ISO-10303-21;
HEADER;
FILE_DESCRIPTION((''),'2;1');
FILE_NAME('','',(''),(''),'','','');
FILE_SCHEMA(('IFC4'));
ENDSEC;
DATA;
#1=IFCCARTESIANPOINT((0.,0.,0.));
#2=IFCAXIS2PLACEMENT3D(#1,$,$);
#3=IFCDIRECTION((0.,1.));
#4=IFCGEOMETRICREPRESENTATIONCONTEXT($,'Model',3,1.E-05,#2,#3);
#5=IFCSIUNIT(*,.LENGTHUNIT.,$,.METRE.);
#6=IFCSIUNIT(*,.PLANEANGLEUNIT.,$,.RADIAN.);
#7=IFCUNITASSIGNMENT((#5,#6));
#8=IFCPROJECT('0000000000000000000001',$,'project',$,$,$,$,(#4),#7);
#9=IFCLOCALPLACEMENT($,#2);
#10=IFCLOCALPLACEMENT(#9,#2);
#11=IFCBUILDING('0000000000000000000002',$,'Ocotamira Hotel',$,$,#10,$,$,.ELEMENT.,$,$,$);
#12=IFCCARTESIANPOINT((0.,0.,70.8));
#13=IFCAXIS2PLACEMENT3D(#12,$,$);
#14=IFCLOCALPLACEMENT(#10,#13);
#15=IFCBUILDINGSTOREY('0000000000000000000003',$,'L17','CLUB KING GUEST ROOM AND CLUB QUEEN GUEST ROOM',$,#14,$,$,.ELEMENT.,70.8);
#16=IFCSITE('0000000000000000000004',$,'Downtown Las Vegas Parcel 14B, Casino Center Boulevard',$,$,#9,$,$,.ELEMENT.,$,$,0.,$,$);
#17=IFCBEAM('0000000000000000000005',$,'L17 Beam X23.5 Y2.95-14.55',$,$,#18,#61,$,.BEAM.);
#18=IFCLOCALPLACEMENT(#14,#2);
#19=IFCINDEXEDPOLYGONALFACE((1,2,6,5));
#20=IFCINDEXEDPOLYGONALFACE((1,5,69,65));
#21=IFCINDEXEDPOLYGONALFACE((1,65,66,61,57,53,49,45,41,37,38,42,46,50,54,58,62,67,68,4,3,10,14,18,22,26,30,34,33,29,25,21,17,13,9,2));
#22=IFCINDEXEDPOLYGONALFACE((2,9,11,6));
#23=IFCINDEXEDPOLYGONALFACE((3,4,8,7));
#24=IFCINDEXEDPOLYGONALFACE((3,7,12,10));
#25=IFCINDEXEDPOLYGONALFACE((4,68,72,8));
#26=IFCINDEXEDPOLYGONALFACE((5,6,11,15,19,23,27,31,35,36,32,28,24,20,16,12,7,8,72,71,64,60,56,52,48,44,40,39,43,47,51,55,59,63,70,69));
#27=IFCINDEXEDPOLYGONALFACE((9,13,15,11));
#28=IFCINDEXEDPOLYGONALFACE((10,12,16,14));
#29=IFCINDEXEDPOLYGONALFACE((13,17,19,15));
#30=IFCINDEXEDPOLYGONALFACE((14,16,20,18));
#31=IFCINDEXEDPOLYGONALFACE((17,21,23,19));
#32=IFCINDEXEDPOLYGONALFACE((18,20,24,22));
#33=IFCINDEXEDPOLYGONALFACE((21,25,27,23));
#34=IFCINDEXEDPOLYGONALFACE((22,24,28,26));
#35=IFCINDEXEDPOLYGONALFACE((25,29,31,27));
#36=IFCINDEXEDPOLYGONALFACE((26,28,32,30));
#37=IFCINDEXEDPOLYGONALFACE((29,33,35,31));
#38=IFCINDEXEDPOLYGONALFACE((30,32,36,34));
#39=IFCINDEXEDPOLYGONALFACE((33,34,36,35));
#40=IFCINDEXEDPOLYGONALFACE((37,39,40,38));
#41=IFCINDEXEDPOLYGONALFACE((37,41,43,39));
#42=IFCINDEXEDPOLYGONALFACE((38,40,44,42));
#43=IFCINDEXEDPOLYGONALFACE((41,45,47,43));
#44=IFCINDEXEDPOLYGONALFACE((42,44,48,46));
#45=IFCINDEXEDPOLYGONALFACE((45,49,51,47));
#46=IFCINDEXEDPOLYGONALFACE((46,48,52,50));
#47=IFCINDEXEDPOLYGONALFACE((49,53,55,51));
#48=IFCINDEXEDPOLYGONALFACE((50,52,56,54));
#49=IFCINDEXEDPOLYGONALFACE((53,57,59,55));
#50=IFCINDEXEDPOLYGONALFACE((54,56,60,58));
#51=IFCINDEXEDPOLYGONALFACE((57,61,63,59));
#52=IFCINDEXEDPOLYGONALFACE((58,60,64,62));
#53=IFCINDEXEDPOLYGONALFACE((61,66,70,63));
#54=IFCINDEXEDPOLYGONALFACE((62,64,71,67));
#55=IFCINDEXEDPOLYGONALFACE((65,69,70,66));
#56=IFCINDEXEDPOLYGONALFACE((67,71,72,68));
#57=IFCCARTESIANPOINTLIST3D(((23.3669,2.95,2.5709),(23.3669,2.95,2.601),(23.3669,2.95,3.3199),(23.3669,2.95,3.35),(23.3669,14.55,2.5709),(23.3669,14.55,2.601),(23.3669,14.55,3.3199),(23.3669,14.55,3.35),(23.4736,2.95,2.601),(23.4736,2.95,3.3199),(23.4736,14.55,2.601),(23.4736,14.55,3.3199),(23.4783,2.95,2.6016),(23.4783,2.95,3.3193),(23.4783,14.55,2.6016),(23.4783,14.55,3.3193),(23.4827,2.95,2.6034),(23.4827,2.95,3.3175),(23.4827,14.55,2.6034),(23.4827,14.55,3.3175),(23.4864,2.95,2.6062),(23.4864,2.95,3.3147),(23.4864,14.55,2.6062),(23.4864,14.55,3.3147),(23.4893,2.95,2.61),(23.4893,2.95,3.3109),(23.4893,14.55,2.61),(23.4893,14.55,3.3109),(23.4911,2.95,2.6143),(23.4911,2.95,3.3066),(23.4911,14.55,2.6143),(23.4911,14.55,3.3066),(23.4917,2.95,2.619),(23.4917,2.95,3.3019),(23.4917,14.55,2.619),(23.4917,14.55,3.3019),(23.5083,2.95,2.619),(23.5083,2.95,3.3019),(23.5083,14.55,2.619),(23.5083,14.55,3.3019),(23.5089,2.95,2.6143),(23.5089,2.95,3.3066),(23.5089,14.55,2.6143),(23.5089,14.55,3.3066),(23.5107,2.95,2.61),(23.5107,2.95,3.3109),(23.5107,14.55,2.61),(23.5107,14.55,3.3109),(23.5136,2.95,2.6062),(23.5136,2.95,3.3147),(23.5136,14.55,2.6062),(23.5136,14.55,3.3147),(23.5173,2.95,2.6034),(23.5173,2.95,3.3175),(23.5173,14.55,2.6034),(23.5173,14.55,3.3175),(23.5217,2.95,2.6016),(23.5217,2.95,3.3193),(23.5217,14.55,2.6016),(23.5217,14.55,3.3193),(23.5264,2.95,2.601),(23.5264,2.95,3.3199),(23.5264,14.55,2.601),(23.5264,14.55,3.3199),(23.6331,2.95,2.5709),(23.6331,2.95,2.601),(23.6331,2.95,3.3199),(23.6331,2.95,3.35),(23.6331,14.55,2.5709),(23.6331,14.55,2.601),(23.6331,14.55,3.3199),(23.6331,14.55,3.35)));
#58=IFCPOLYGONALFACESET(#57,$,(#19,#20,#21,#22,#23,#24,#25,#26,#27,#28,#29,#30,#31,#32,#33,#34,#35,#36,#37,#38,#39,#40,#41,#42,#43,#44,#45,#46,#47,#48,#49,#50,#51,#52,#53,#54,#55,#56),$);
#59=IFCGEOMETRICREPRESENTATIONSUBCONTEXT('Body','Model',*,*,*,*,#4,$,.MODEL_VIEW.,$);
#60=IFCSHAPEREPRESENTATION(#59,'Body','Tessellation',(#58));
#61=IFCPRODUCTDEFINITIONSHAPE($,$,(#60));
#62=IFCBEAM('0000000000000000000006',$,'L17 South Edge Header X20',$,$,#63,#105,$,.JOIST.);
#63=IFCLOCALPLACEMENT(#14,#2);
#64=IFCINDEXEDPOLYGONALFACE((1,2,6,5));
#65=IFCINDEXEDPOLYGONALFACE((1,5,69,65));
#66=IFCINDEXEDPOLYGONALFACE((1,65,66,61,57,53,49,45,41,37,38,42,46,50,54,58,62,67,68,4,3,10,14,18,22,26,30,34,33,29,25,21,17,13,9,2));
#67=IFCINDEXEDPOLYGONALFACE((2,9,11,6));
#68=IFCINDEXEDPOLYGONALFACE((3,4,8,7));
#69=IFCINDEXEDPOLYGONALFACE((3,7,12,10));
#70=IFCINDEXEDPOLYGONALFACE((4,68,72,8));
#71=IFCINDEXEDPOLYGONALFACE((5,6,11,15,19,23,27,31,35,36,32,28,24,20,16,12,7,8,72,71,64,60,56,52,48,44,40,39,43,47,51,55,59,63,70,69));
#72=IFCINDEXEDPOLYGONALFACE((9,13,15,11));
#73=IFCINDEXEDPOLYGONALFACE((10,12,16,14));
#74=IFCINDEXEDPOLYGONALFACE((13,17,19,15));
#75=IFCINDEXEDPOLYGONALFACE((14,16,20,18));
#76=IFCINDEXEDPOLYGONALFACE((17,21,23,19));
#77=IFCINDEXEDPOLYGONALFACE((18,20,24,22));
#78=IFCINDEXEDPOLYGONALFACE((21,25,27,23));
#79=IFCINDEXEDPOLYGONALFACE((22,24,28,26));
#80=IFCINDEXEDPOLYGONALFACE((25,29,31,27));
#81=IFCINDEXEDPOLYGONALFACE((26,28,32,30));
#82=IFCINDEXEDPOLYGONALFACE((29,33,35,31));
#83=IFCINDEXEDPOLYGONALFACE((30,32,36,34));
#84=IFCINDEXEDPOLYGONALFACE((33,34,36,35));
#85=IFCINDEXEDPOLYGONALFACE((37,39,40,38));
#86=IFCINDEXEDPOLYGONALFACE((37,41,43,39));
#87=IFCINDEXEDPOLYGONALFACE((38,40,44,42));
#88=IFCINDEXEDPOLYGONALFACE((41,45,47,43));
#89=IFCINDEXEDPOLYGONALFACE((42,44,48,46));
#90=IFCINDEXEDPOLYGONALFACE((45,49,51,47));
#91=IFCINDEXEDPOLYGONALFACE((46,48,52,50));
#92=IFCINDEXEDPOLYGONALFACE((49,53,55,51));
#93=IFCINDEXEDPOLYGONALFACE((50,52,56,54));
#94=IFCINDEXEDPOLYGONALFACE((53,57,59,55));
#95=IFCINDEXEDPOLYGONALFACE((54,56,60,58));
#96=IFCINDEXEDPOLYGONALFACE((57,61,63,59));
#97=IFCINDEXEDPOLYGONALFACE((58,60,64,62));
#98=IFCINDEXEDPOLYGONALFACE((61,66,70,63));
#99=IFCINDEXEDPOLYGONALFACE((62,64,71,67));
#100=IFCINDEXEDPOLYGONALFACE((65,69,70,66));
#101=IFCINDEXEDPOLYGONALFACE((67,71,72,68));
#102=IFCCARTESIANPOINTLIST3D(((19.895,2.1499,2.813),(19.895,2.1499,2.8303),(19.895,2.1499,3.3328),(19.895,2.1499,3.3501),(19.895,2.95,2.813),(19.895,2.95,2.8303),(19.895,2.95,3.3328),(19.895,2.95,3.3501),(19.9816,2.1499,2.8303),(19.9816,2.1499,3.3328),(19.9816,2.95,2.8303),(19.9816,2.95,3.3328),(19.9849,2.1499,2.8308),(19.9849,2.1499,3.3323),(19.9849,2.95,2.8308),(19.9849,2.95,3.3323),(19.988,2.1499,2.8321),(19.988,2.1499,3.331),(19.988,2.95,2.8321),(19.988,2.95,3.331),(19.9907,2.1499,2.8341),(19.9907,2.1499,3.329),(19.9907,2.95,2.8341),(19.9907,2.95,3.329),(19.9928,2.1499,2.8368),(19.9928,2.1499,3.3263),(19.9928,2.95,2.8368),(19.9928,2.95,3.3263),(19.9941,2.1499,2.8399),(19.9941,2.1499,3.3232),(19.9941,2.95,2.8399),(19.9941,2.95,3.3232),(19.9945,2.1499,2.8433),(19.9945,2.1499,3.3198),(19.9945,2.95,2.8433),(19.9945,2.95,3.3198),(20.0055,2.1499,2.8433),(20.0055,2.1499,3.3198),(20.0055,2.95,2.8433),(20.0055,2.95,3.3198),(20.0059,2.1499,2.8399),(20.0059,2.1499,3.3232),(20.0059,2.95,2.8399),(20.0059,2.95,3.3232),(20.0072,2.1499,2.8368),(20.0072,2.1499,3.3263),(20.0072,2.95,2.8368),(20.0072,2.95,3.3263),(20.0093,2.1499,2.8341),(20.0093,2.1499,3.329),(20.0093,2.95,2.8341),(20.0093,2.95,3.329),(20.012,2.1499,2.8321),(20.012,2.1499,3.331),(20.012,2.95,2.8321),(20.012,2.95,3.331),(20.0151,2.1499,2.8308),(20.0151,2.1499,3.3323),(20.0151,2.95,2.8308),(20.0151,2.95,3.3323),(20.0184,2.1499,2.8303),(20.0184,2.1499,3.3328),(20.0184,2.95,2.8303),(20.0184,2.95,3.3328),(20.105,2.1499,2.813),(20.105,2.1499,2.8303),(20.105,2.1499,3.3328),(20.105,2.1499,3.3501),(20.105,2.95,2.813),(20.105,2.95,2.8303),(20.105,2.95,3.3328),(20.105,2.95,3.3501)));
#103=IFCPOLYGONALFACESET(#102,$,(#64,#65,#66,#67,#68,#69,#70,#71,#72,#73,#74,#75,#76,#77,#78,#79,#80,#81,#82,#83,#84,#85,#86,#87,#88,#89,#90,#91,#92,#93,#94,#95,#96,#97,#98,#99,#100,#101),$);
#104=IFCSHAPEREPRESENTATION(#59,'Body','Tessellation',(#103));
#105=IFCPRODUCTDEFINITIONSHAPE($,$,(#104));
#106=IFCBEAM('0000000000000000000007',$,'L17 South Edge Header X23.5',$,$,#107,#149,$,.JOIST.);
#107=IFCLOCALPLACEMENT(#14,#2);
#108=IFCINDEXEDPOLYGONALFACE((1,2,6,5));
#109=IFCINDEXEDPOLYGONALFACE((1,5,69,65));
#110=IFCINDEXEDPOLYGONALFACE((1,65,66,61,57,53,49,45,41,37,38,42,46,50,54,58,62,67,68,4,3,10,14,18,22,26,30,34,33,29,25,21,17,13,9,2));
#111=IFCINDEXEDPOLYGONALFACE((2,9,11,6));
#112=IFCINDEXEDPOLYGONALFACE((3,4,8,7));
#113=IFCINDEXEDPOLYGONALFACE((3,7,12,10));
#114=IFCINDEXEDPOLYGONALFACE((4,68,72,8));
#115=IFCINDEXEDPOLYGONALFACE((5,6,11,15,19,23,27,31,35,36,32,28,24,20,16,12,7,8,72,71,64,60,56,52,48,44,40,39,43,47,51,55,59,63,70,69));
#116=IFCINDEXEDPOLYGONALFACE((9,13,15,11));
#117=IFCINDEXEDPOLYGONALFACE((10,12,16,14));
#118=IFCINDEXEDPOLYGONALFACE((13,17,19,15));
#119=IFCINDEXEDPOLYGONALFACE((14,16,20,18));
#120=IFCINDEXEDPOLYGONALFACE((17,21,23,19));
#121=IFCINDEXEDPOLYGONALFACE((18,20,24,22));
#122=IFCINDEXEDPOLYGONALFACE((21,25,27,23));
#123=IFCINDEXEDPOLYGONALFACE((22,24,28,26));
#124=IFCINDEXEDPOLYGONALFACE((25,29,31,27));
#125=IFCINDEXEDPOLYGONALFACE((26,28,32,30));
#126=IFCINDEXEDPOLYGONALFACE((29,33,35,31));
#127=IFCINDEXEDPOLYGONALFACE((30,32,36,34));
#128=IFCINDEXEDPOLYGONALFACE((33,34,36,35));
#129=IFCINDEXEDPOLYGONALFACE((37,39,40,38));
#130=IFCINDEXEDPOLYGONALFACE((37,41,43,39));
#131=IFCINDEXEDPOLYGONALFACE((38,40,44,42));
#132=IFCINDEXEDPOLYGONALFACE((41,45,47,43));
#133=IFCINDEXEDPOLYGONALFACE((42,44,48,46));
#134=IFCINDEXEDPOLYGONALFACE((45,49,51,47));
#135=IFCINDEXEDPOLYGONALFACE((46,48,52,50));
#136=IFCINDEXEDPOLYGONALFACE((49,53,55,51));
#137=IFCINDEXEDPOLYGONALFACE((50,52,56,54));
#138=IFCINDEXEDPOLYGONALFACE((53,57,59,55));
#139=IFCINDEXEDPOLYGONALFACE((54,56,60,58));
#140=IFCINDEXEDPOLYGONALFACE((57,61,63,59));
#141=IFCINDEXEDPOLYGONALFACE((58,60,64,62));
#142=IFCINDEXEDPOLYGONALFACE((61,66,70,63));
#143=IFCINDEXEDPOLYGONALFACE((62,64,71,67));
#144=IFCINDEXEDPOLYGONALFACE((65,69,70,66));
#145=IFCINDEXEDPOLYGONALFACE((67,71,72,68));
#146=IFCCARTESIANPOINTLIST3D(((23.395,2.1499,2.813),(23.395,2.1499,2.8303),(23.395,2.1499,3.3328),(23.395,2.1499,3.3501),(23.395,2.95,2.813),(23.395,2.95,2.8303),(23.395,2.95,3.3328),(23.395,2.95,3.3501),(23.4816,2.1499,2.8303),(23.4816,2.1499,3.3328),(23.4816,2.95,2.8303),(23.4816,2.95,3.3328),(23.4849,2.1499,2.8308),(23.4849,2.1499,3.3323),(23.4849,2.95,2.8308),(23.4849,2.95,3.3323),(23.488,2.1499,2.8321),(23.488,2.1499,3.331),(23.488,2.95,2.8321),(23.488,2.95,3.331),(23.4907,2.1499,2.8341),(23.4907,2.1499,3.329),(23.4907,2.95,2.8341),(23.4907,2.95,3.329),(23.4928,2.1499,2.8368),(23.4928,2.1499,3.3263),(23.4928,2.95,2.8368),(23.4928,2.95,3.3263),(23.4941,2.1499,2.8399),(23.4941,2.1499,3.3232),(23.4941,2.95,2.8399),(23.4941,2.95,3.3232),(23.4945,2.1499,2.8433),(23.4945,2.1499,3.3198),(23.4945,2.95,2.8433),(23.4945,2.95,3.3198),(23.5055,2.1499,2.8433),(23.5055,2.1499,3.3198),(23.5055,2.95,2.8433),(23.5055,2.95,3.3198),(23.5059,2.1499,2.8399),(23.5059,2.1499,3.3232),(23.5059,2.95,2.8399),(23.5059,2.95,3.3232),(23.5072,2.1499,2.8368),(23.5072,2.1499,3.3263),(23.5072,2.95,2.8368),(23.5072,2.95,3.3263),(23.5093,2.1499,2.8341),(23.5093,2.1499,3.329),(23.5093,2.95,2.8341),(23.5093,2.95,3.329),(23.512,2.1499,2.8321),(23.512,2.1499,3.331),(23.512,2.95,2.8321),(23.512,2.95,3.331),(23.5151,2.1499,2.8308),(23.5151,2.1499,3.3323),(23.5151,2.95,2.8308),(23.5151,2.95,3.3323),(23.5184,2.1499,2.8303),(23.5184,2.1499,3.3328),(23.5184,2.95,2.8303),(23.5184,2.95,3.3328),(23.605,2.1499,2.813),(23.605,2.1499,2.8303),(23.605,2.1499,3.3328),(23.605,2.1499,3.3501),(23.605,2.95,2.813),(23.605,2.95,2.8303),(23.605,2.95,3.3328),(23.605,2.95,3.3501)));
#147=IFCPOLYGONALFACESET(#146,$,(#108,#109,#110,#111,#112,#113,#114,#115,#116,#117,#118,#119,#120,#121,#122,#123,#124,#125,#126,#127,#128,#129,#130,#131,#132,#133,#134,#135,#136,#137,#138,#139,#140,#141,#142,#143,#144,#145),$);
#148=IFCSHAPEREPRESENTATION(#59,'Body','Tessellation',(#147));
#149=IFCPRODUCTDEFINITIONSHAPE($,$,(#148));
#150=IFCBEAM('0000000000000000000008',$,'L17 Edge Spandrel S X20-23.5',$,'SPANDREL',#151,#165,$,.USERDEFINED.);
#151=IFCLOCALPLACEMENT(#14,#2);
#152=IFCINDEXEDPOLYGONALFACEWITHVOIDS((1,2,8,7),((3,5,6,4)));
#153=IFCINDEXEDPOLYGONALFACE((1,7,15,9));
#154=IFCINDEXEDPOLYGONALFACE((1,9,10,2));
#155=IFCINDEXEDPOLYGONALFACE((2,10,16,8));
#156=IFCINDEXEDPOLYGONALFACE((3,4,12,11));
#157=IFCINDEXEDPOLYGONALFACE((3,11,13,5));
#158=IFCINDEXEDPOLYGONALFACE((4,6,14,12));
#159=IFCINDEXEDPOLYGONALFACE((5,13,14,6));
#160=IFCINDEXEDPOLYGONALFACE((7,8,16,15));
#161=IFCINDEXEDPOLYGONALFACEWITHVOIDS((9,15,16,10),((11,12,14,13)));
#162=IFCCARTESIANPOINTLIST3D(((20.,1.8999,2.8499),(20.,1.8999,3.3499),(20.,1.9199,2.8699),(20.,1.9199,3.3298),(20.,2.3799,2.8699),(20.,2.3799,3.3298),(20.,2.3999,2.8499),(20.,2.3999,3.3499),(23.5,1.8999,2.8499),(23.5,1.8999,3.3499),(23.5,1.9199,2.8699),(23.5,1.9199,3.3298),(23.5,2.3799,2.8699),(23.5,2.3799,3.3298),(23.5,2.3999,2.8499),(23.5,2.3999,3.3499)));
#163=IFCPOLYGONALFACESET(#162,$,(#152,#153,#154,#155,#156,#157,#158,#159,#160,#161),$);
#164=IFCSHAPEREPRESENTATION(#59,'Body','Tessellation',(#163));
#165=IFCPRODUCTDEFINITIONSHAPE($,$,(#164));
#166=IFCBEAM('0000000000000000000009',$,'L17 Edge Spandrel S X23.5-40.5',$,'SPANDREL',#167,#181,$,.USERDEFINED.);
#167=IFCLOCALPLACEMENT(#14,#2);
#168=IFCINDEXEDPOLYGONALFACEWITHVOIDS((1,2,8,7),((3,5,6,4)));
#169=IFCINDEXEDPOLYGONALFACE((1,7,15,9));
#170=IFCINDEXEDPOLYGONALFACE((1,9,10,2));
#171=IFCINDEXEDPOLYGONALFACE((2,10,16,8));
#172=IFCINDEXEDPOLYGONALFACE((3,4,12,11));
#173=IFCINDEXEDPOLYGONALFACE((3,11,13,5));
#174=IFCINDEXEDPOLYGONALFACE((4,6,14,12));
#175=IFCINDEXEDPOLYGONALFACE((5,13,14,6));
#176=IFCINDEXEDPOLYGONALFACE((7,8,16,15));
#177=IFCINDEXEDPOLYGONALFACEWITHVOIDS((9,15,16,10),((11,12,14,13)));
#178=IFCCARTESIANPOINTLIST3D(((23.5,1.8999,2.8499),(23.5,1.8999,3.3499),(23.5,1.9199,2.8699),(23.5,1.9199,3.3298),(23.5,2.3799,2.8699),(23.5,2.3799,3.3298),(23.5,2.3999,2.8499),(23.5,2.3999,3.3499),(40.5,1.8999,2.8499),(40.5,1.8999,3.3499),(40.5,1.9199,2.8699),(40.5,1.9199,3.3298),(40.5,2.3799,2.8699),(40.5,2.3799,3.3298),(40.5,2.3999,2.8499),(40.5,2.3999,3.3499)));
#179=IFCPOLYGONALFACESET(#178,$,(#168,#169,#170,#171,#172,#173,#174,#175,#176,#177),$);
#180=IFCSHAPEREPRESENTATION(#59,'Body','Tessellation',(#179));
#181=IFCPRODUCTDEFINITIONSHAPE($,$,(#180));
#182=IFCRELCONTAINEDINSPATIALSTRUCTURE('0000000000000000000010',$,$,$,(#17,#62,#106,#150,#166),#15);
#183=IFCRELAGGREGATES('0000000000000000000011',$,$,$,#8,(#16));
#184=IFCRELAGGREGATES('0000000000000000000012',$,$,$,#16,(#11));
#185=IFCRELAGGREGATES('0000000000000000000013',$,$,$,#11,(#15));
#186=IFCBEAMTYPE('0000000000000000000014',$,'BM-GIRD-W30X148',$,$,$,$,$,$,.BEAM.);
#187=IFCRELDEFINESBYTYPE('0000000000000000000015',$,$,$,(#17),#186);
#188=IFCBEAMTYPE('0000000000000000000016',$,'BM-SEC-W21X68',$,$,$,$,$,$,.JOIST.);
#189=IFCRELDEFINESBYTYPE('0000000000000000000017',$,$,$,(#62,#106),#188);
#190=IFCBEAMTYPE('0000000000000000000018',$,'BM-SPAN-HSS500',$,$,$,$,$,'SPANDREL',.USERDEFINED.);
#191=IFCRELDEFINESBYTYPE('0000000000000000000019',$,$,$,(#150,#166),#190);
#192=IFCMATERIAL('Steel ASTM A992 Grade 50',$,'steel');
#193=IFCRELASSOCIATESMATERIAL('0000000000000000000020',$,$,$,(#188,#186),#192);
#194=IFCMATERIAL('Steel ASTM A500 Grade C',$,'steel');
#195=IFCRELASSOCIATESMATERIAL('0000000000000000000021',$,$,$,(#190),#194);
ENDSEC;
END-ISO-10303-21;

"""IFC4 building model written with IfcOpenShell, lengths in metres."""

from ifc_helpers import new_model, si_unit, direction, frame, origin, origin_2d, place, context, subcontext, project, spatial, hollow_rectangle, i_section, extrude, source, transform, mapped, material, material_profile, profile_set, type_object, element, save


model = new_model("IFC4")

# Units and contexts
model_context = context("Model", 3, precision=1e-05, world=origin(), true_north=direction((0.0, 1.0)))
body_context = subcontext(model_context, "Body", "Model", "MODEL_VIEW")
ifc_project = project(units=[si_unit("LENGTHUNIT", "METRE"), si_unit("PLANEANGLEUNIT", "RADIAN")], contexts=[model_context])

# Site, building, storey
site_placement = place(None, origin())
site = spatial("IfcSite", under=ifc_project, at=site_placement, Name="Downtown Las Vegas Parcel 14B, Casino Center Boulevard", CompositionType="ELEMENT", RefElevation=0.0)
building_placement = place(site_placement, origin())
building = spatial("IfcBuilding", under=site, at=building_placement, Name="Ocotamira Hotel", CompositionType="ELEMENT")
storey_placement = place(building_placement, frame((0.0, 0.0, 70.8)))
storey = spatial("IfcBuildingStorey", under=building, at=storey_placement, Name="L17", Description="CLUB KING GUEST ROOM AND CLUB QUEEN GUEST ROOM", CompositionType="ELEMENT", Elevation=70.8)

# Beams
ifc_material_1 = material(Name="Steel ASTM A992 Grade 50", Category="steel")
ifc_material_profile_1 = material_profile(ifc_material_1, i_section(OverallWidth=0.21, OverallDepth=0.5371, WebThickness=0.011, FlangeThickness=0.0173, FilletRadius=0.0129, at=origin_2d()), Name="W21X68")
ifc_profile_set_1 = profile_set([ifc_material_profile_1], Name="Steel ASTM A992 Grade 50")
beam_type_1 = type_object("IfcBeamType", Name="BM-SEC-W21X68", PredefinedType="JOIST", material=ifc_profile_set_1)
ifc_material_profile_2 = material_profile(ifc_material_1, i_section(OverallWidth=0.2661, OverallDepth=0.7791, WebThickness=0.0166, FlangeThickness=0.03, FilletRadius=0.0181, at=origin_2d()), Name="W30X148")
ifc_profile_set_2 = profile_set([ifc_material_profile_2], Name="Steel ASTM A992 Grade 50")
beam_type_2 = type_object("IfcBeamType", Name="BM-GIRD-W30X148", PredefinedType="BEAM", material=ifc_profile_set_2)
shared_shape_1 = source(origin(), body_context, "Body", "SweptSolid", [
    extrude(i_section(OverallWidth=0.2661, OverallDepth=0.7791, WebThickness=0.0166, FlangeThickness=0.03, FilletRadius=0.0181, at=origin_2d()), origin(), (0.0, 0.0, 1.0), 11.6001),
])
beam_1_placement = place(storey_placement, frame((23.5, 2.95, 2.9604), z_axis=(0.0, 1.0, 0.0), x_axis=(-1.0, 0.0, 0.0)))
element("IfcBeam", 1, at=beam_1_placement, inside=storey, type_object=beam_type_2, Name="L17 Beam X23.5 Y2.95-14.55", PredefinedType="BEAM", context=body_context, shape_type="MappedRepresentation", body=[
    mapped(shared_shape_1, transform((0.0, 0.0, 0.0), scale=1.0)),
])
shared_shape_2 = source(origin(), body_context, "Body", "SweptSolid", [
    extrude(i_section(OverallWidth=0.21, OverallDepth=0.5371, WebThickness=0.011, FlangeThickness=0.0173, FilletRadius=0.0129, at=origin_2d()), origin(), (0.0, 0.0, 1.0), 0.8),
])
for number, where, z_axis, x_axis, name in (
    (2, (20.0, 2.95, 3.0815), (0.0, -1.0, 0.0), (1.0, 0.0, 0.0), "L17 South Edge Header X20"),
    (3, (23.5, 2.95, 3.0815), (0.0, -1.0, 0.0), (1.0, 0.0, 0.0), "L17 South Edge Header X23.5"),
):
    element("IfcBeam", number, at=place(storey_placement, frame(where, z_axis=z_axis, x_axis=x_axis)), inside=storey, type_object=beam_type_1, Name=name, PredefinedType="JOIST", context=body_context, shape_type="MappedRepresentation", body=[
        mapped(shared_shape_2, transform((0.0, 0.0, 0.0), scale=1.0)),
    ])
ifc_material_2 = material(Name="Steel ASTM A500 Grade C", Category="steel")
ifc_material_profile_3 = material_profile(ifc_material_2, hollow_rectangle(XDim=0.5, YDim=0.5, WallThickness=0.02, at=origin_2d()), Name="HSS500X500X20")
ifc_profile_set_3 = profile_set([ifc_material_profile_3], Name="Steel ASTM A500 Grade C")
beam_type_3 = type_object("IfcBeamType", Name="BM-SPAN-HSS500", ElementType="SPANDREL", PredefinedType="USERDEFINED", material=ifc_profile_set_3)
shared_shape_3 = source(origin(), body_context, "Body", "SweptSolid", [
    extrude(hollow_rectangle(XDim=0.5, YDim=0.5, WallThickness=0.02, at=origin_2d()), origin(), (0.0, 0.0, 1.0), 3.5),
])
beam_2_placement = place(storey_placement, frame((20.0, 2.1499, 3.0999), z_axis=(1.0, 0.0, 0.0), x_axis=(0.0, 1.0, 0.0)))
element("IfcBeam", 4, at=beam_2_placement, inside=storey, type_object=beam_type_3, Name="L17 Edge Spandrel S X20-23.5", ObjectType="SPANDREL", PredefinedType="USERDEFINED", context=body_context, shape_type="MappedRepresentation", body=[
    mapped(shared_shape_3, transform((0.0, 0.0, 0.0), scale=1.0)),
])
shared_shape_4 = source(origin(), body_context, "Body", "SweptSolid", [
    extrude(hollow_rectangle(XDim=0.5, YDim=0.5, WallThickness=0.02, at=origin_2d()), origin(), (0.0, 0.0, 1.0), 17.0),
])
beam_3_placement = place(storey_placement, frame((23.5, 2.1499, 3.0999), z_axis=(1.0, 0.0, 0.0), x_axis=(0.0, 1.0, 0.0)))
element("IfcBeam", 5, at=beam_3_placement, inside=storey, type_object=beam_type_3, Name="L17 Edge Spandrel S X23.5-40.5", ObjectType="SPANDREL", PredefinedType="USERDEFINED", context=body_context, shape_type="MappedRepresentation", body=[
    mapped(shared_shape_4, transform((0.0, 0.0, 0.0), scale=1.0)),
])

save(model, "model.ifc")
